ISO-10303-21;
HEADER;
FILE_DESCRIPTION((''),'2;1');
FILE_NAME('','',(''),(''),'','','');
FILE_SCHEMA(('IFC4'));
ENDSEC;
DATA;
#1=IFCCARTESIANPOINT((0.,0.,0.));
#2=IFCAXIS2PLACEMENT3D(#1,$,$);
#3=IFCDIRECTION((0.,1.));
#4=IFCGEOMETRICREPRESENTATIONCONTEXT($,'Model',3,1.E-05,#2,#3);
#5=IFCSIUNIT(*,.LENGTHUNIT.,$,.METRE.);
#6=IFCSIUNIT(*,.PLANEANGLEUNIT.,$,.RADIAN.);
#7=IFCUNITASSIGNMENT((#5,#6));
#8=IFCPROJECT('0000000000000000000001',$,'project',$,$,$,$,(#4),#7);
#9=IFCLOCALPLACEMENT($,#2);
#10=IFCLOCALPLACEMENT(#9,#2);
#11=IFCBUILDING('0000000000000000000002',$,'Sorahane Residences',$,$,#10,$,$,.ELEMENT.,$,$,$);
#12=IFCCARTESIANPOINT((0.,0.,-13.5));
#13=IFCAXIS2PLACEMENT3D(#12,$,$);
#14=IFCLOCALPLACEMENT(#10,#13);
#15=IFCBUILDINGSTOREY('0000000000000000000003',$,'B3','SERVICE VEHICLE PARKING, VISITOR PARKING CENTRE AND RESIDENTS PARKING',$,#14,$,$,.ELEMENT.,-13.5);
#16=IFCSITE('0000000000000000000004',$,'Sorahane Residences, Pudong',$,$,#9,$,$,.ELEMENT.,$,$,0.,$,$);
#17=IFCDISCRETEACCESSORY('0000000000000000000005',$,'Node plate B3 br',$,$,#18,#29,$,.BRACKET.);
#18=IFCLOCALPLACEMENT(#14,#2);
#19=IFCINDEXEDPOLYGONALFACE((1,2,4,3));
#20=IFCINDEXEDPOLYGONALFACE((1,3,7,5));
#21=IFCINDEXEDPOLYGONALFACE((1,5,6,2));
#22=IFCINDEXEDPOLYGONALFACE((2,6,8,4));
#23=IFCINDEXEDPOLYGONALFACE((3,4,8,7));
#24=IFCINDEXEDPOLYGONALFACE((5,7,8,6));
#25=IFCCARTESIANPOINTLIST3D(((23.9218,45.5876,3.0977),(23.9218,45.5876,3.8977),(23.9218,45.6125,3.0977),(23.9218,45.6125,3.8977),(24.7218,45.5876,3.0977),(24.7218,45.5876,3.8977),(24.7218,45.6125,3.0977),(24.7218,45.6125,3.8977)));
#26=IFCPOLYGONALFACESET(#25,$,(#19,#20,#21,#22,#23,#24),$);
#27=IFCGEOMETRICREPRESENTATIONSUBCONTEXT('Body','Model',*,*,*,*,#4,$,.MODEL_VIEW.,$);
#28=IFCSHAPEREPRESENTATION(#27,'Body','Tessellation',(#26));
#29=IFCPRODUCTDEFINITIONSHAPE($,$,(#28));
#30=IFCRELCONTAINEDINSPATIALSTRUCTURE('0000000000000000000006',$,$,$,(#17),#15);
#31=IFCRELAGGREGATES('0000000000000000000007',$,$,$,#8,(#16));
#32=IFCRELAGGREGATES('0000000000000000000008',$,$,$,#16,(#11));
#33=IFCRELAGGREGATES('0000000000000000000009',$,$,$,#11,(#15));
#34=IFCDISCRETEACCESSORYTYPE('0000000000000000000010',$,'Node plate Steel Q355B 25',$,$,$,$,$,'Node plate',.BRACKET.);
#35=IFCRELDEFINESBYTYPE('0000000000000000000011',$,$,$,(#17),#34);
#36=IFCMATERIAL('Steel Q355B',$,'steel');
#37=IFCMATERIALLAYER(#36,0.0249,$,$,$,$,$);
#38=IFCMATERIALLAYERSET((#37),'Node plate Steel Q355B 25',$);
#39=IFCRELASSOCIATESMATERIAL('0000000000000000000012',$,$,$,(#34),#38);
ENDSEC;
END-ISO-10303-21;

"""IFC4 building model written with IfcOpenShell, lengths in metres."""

from ifc_helpers import new_model, si_unit, direction, frame, origin, origin_2d, place, context, subcontext, project, spatial, rectangle, extrude, material, layer, layer_set, type_object, element, save


model = new_model("IFC4")

# Units and contexts
model_context = context("Model", 3, precision=1e-05, world=origin(), true_north=direction((0.0, 1.0)))
body_context = subcontext(model_context, "Body", "Model", "MODEL_VIEW")
ifc_project = project(units=[si_unit("LENGTHUNIT", "METRE"), si_unit("PLANEANGLEUNIT", "RADIAN")], contexts=[model_context])

# Site, building, storey
site_placement = place(None, origin())
site = spatial("IfcSite", under=ifc_project, at=site_placement, Name="Sorahane Residences, Pudong", CompositionType="ELEMENT", RefElevation=0.0)
building_placement = place(site_placement, origin())
building = spatial("IfcBuilding", under=site, at=building_placement, Name="Sorahane Residences", CompositionType="ELEMENT")
storey_placement = place(building_placement, frame((0.0, 0.0, -13.5)))
storey = spatial("IfcBuildingStorey", under=building, at=storey_placement, Name="B3", Description="SERVICE VEHICLE PARKING, VISITOR PARKING CENTRE AND RESIDENTS PARKING", CompositionType="ELEMENT", Elevation=-13.5)

# Discrete accessory
ifc_material_1 = material(Name="Steel Q355B", Category="steel")
ifc_layer_1 = layer(ifc_material_1, 0.0249)
ifc_layer_set_1 = layer_set([ifc_layer_1], Name="Node plate Steel Q355B 25")
discrete_accessory_type = type_object("IfcDiscreteAccessoryType", Name="Node plate Steel Q355B 25", ElementType="Node plate", PredefinedType="BRACKET", material=ifc_layer_set_1)
for number, where, z_axis, x_axis, name in (
    (1, (24.3218, 45.6001, 3.0977), (0.0, 0.0, 1.0), (1.0, 0.0, 0.0), "Node plate B3 br"),
):
    element("IfcDiscreteAccessory", number, at=place(storey_placement, frame(where, z_axis=z_axis, x_axis=x_axis)), inside=storey, type_object=discrete_accessory_type, Name=name, PredefinedType="BRACKET", context=body_context, shape_type="SweptSolid", body=[
        extrude(rectangle(XDim=0.8, YDim=0.0249, at=origin_2d()), origin(), (0.0, 0.0, 1.0), 0.8),
    ])

save(model, "model.ifc")
